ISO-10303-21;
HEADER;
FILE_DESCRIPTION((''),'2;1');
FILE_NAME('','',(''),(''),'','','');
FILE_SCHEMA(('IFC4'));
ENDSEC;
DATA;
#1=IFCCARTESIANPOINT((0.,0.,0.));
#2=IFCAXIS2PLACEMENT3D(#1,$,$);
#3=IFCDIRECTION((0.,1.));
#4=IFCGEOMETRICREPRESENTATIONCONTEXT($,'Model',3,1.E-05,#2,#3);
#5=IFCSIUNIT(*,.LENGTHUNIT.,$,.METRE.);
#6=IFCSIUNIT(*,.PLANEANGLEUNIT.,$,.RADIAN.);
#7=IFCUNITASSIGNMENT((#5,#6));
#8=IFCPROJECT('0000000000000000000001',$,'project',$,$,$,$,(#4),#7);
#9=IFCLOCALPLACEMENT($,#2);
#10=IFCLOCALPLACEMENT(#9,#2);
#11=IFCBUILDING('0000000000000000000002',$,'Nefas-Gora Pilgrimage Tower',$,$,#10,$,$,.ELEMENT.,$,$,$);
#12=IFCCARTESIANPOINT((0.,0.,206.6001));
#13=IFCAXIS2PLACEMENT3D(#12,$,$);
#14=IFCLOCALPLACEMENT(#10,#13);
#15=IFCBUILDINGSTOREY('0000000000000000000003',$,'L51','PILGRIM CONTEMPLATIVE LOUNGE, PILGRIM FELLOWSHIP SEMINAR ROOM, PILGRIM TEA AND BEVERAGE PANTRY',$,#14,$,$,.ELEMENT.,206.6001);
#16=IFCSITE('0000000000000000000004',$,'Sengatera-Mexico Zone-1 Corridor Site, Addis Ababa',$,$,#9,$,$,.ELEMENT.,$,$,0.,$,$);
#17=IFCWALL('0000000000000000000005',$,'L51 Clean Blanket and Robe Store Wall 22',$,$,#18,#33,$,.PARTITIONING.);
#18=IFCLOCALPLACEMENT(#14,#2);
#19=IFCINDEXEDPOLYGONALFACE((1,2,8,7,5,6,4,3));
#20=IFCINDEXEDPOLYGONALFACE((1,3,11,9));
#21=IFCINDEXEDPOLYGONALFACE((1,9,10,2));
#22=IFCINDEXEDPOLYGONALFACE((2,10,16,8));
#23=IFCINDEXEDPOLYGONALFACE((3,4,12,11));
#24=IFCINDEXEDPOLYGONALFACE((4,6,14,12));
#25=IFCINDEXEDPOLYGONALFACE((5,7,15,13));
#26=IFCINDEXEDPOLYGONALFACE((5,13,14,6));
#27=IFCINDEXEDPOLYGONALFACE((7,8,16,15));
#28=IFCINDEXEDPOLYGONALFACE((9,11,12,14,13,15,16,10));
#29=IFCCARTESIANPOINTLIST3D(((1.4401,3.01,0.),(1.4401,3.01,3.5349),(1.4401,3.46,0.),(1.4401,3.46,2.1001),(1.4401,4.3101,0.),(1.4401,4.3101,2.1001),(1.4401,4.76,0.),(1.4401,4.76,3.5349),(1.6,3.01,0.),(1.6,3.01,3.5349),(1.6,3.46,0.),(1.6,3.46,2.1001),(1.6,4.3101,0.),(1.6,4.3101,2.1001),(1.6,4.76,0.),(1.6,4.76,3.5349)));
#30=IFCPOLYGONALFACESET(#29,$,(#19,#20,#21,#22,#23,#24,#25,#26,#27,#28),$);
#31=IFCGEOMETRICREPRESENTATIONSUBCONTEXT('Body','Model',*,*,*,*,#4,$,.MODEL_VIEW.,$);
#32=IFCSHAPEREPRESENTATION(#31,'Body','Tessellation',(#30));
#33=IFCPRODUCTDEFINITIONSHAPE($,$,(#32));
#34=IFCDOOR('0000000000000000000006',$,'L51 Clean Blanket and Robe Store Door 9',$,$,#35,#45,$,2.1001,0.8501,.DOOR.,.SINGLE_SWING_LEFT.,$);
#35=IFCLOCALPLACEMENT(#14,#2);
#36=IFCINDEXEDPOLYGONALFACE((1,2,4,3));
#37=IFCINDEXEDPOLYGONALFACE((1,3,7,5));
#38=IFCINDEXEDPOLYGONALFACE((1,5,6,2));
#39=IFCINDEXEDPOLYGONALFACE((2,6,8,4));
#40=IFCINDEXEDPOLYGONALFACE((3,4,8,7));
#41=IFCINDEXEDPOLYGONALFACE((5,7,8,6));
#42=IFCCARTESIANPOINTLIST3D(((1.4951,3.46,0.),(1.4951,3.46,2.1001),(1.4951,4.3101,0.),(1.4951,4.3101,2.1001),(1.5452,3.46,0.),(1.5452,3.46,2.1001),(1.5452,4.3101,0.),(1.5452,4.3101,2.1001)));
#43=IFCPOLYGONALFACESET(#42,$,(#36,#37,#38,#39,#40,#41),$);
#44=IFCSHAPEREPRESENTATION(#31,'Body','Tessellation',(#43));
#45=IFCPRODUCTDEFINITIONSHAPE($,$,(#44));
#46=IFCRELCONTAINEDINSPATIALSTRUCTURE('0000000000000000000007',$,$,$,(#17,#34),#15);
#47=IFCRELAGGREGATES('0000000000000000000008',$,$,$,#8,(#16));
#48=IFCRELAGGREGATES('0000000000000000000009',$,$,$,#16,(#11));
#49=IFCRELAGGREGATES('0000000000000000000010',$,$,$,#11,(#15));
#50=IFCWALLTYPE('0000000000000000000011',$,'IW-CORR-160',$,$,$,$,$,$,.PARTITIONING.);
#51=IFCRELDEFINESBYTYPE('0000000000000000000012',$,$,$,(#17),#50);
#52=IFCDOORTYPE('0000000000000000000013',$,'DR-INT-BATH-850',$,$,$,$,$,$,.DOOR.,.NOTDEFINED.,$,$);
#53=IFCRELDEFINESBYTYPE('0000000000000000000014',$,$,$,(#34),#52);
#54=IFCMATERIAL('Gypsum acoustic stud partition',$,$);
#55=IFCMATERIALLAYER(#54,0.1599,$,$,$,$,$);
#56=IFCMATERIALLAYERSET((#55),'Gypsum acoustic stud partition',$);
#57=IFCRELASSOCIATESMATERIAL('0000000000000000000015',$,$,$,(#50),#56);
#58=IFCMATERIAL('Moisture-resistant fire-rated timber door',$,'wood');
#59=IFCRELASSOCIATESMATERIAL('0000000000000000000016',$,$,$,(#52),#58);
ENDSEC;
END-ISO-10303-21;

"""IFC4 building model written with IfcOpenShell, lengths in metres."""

from ifc_helpers import new_model, si_unit, direction, frame, frame_2d, origin, place, context, subcontext, project, spatial, rectangle, extrude, source, transform, mapped, material, layer, layer_set, type_object, element, fill, save


model = new_model("IFC4")

# Units and contexts
model_context = context("Model", 3, precision=1e-05, world=origin(), true_north=direction((0.0, 1.0)))
body_context = subcontext(model_context, "Body", "Model", "MODEL_VIEW")
ifc_project = project(units=[si_unit("LENGTHUNIT", "METRE"), si_unit("PLANEANGLEUNIT", "RADIAN")], contexts=[model_context])

# Site, building, storey
site_placement = place(None, origin())
site = spatial("IfcSite", under=ifc_project, at=site_placement, Name="Sengatera-Mexico Zone-1 Corridor Site, Addis Ababa", CompositionType="ELEMENT", RefElevation=0.0)
building_placement = place(site_placement, origin())
building = spatial("IfcBuilding", under=site, at=building_placement, Name="Nefas-Gora Pilgrimage Tower", CompositionType="ELEMENT")
storey_placement = place(building_placement, frame((0.0, 0.0, 206.6001)))
storey = spatial("IfcBuildingStorey", under=building, at=storey_placement, Name="L51", Description="PILGRIM CONTEMPLATIVE LOUNGE, PILGRIM FELLOWSHIP SEMINAR ROOM, PILGRIM TEA AND BEVERAGE PANTRY", CompositionType="ELEMENT", Elevation=206.6001)

# Shared definitions
ifc_material_1 = material(Name="Gypsum acoustic stud partition")
ifc_layer_1 = layer(ifc_material_1, 0.1599)
ifc_layer_set_1 = layer_set([ifc_layer_1], Name="Gypsum acoustic stud partition")
wall_type_1 = type_object("IfcWallType", Name="IW-CORR-160", PredefinedType="PARTITIONING", material=ifc_layer_set_1)

# Wall, opening, door
shared_shape_1 = source(origin(), body_context, "Body", "SweptSolid", [
    extrude(rectangle(XDim=1.75, YDim=0.1599, at=frame_2d((0.875, 0.0))), origin(), (0.0, 0.0, 1.0), 3.5349),
])
wall_1_placement = place(storey_placement, frame((1.52, 3.01, 0.0), z_axis=(0.0, 0.0, 1.0), x_axis=(0.0, 1.0, 0.0)))
wall_1 = element("IfcWall", 1, at=wall_1_placement, inside=storey, type_object=wall_type_1, Name="L51 Clean Blanket and Robe Store Wall 22", PredefinedType="PARTITIONING", context=body_context, shape_type="MappedRepresentation", body=[
    mapped(shared_shape_1, transform((0.0, 0.0, 0.0), x_axis=(1.0, 0.0, 0.0), y_axis=(0.0, 1.0, 0.0), z_axis=(0.0, 0.0, 1.0), scale=1.0)),
])
opening_1_placement = place(wall_1_placement, frame((0.45, 0.0, 0.0)))
opening_1 = element("IfcOpeningElement", 2, at=opening_1_placement, cuts=wall_1, PredefinedType="OPENING", context=body_context, shape_type="SweptSolid", body=[
    extrude(rectangle(XDim=0.8501, YDim=2.1001, at=frame_2d((0.425, 1.05))), frame((0.0, 0.0898, 0.0), z_axis=(0.0, -1.0, 0.0), x_axis=(1.0, 0.0, 0.0)), (0.0, 0.0, 1.0), 0.1799),
])
ifc_material_2 = material(Name="Moisture-resistant fire-rated timber door", Category="wood")
door_type_1 = type_object("IfcDoorType", Name="DR-INT-BATH-850", OperationType="NOTDEFINED", PredefinedType="DOOR", material=ifc_material_2)
shared_shape_2 = source(origin(), body_context, "Body", "SweptSolid", [
    extrude(rectangle(XDim=0.8501, YDim=2.1001, at=frame_2d((0.425, 1.05))), frame((0.0, 0.0249, 0.0), z_axis=(0.0, -1.0, 0.0), x_axis=(1.0, 0.0, 0.0)), (0.0, 0.0, 1.0), 0.05),
])
door_1_placement = place(opening_1_placement, origin())
door_1 = element("IfcDoor", 3, at=door_1_placement, inside=storey, type_object=door_type_1, Name="L51 Clean Blanket and Robe Store Door 9", OperationType="SINGLE_SWING_LEFT", OverallHeight=2.1001, OverallWidth=0.8501, PredefinedType="DOOR", context=body_context, shape_type="MappedRepresentation", body=[
    mapped(shared_shape_2, transform((0.0, 0.0, 0.0), x_axis=(1.0, 0.0, 0.0), y_axis=(0.0, 1.0, 0.0), z_axis=(0.0, 0.0, 1.0), scale=1.0)),
])
fill(opening_1, door_1)

save(model, "model.ifc")
